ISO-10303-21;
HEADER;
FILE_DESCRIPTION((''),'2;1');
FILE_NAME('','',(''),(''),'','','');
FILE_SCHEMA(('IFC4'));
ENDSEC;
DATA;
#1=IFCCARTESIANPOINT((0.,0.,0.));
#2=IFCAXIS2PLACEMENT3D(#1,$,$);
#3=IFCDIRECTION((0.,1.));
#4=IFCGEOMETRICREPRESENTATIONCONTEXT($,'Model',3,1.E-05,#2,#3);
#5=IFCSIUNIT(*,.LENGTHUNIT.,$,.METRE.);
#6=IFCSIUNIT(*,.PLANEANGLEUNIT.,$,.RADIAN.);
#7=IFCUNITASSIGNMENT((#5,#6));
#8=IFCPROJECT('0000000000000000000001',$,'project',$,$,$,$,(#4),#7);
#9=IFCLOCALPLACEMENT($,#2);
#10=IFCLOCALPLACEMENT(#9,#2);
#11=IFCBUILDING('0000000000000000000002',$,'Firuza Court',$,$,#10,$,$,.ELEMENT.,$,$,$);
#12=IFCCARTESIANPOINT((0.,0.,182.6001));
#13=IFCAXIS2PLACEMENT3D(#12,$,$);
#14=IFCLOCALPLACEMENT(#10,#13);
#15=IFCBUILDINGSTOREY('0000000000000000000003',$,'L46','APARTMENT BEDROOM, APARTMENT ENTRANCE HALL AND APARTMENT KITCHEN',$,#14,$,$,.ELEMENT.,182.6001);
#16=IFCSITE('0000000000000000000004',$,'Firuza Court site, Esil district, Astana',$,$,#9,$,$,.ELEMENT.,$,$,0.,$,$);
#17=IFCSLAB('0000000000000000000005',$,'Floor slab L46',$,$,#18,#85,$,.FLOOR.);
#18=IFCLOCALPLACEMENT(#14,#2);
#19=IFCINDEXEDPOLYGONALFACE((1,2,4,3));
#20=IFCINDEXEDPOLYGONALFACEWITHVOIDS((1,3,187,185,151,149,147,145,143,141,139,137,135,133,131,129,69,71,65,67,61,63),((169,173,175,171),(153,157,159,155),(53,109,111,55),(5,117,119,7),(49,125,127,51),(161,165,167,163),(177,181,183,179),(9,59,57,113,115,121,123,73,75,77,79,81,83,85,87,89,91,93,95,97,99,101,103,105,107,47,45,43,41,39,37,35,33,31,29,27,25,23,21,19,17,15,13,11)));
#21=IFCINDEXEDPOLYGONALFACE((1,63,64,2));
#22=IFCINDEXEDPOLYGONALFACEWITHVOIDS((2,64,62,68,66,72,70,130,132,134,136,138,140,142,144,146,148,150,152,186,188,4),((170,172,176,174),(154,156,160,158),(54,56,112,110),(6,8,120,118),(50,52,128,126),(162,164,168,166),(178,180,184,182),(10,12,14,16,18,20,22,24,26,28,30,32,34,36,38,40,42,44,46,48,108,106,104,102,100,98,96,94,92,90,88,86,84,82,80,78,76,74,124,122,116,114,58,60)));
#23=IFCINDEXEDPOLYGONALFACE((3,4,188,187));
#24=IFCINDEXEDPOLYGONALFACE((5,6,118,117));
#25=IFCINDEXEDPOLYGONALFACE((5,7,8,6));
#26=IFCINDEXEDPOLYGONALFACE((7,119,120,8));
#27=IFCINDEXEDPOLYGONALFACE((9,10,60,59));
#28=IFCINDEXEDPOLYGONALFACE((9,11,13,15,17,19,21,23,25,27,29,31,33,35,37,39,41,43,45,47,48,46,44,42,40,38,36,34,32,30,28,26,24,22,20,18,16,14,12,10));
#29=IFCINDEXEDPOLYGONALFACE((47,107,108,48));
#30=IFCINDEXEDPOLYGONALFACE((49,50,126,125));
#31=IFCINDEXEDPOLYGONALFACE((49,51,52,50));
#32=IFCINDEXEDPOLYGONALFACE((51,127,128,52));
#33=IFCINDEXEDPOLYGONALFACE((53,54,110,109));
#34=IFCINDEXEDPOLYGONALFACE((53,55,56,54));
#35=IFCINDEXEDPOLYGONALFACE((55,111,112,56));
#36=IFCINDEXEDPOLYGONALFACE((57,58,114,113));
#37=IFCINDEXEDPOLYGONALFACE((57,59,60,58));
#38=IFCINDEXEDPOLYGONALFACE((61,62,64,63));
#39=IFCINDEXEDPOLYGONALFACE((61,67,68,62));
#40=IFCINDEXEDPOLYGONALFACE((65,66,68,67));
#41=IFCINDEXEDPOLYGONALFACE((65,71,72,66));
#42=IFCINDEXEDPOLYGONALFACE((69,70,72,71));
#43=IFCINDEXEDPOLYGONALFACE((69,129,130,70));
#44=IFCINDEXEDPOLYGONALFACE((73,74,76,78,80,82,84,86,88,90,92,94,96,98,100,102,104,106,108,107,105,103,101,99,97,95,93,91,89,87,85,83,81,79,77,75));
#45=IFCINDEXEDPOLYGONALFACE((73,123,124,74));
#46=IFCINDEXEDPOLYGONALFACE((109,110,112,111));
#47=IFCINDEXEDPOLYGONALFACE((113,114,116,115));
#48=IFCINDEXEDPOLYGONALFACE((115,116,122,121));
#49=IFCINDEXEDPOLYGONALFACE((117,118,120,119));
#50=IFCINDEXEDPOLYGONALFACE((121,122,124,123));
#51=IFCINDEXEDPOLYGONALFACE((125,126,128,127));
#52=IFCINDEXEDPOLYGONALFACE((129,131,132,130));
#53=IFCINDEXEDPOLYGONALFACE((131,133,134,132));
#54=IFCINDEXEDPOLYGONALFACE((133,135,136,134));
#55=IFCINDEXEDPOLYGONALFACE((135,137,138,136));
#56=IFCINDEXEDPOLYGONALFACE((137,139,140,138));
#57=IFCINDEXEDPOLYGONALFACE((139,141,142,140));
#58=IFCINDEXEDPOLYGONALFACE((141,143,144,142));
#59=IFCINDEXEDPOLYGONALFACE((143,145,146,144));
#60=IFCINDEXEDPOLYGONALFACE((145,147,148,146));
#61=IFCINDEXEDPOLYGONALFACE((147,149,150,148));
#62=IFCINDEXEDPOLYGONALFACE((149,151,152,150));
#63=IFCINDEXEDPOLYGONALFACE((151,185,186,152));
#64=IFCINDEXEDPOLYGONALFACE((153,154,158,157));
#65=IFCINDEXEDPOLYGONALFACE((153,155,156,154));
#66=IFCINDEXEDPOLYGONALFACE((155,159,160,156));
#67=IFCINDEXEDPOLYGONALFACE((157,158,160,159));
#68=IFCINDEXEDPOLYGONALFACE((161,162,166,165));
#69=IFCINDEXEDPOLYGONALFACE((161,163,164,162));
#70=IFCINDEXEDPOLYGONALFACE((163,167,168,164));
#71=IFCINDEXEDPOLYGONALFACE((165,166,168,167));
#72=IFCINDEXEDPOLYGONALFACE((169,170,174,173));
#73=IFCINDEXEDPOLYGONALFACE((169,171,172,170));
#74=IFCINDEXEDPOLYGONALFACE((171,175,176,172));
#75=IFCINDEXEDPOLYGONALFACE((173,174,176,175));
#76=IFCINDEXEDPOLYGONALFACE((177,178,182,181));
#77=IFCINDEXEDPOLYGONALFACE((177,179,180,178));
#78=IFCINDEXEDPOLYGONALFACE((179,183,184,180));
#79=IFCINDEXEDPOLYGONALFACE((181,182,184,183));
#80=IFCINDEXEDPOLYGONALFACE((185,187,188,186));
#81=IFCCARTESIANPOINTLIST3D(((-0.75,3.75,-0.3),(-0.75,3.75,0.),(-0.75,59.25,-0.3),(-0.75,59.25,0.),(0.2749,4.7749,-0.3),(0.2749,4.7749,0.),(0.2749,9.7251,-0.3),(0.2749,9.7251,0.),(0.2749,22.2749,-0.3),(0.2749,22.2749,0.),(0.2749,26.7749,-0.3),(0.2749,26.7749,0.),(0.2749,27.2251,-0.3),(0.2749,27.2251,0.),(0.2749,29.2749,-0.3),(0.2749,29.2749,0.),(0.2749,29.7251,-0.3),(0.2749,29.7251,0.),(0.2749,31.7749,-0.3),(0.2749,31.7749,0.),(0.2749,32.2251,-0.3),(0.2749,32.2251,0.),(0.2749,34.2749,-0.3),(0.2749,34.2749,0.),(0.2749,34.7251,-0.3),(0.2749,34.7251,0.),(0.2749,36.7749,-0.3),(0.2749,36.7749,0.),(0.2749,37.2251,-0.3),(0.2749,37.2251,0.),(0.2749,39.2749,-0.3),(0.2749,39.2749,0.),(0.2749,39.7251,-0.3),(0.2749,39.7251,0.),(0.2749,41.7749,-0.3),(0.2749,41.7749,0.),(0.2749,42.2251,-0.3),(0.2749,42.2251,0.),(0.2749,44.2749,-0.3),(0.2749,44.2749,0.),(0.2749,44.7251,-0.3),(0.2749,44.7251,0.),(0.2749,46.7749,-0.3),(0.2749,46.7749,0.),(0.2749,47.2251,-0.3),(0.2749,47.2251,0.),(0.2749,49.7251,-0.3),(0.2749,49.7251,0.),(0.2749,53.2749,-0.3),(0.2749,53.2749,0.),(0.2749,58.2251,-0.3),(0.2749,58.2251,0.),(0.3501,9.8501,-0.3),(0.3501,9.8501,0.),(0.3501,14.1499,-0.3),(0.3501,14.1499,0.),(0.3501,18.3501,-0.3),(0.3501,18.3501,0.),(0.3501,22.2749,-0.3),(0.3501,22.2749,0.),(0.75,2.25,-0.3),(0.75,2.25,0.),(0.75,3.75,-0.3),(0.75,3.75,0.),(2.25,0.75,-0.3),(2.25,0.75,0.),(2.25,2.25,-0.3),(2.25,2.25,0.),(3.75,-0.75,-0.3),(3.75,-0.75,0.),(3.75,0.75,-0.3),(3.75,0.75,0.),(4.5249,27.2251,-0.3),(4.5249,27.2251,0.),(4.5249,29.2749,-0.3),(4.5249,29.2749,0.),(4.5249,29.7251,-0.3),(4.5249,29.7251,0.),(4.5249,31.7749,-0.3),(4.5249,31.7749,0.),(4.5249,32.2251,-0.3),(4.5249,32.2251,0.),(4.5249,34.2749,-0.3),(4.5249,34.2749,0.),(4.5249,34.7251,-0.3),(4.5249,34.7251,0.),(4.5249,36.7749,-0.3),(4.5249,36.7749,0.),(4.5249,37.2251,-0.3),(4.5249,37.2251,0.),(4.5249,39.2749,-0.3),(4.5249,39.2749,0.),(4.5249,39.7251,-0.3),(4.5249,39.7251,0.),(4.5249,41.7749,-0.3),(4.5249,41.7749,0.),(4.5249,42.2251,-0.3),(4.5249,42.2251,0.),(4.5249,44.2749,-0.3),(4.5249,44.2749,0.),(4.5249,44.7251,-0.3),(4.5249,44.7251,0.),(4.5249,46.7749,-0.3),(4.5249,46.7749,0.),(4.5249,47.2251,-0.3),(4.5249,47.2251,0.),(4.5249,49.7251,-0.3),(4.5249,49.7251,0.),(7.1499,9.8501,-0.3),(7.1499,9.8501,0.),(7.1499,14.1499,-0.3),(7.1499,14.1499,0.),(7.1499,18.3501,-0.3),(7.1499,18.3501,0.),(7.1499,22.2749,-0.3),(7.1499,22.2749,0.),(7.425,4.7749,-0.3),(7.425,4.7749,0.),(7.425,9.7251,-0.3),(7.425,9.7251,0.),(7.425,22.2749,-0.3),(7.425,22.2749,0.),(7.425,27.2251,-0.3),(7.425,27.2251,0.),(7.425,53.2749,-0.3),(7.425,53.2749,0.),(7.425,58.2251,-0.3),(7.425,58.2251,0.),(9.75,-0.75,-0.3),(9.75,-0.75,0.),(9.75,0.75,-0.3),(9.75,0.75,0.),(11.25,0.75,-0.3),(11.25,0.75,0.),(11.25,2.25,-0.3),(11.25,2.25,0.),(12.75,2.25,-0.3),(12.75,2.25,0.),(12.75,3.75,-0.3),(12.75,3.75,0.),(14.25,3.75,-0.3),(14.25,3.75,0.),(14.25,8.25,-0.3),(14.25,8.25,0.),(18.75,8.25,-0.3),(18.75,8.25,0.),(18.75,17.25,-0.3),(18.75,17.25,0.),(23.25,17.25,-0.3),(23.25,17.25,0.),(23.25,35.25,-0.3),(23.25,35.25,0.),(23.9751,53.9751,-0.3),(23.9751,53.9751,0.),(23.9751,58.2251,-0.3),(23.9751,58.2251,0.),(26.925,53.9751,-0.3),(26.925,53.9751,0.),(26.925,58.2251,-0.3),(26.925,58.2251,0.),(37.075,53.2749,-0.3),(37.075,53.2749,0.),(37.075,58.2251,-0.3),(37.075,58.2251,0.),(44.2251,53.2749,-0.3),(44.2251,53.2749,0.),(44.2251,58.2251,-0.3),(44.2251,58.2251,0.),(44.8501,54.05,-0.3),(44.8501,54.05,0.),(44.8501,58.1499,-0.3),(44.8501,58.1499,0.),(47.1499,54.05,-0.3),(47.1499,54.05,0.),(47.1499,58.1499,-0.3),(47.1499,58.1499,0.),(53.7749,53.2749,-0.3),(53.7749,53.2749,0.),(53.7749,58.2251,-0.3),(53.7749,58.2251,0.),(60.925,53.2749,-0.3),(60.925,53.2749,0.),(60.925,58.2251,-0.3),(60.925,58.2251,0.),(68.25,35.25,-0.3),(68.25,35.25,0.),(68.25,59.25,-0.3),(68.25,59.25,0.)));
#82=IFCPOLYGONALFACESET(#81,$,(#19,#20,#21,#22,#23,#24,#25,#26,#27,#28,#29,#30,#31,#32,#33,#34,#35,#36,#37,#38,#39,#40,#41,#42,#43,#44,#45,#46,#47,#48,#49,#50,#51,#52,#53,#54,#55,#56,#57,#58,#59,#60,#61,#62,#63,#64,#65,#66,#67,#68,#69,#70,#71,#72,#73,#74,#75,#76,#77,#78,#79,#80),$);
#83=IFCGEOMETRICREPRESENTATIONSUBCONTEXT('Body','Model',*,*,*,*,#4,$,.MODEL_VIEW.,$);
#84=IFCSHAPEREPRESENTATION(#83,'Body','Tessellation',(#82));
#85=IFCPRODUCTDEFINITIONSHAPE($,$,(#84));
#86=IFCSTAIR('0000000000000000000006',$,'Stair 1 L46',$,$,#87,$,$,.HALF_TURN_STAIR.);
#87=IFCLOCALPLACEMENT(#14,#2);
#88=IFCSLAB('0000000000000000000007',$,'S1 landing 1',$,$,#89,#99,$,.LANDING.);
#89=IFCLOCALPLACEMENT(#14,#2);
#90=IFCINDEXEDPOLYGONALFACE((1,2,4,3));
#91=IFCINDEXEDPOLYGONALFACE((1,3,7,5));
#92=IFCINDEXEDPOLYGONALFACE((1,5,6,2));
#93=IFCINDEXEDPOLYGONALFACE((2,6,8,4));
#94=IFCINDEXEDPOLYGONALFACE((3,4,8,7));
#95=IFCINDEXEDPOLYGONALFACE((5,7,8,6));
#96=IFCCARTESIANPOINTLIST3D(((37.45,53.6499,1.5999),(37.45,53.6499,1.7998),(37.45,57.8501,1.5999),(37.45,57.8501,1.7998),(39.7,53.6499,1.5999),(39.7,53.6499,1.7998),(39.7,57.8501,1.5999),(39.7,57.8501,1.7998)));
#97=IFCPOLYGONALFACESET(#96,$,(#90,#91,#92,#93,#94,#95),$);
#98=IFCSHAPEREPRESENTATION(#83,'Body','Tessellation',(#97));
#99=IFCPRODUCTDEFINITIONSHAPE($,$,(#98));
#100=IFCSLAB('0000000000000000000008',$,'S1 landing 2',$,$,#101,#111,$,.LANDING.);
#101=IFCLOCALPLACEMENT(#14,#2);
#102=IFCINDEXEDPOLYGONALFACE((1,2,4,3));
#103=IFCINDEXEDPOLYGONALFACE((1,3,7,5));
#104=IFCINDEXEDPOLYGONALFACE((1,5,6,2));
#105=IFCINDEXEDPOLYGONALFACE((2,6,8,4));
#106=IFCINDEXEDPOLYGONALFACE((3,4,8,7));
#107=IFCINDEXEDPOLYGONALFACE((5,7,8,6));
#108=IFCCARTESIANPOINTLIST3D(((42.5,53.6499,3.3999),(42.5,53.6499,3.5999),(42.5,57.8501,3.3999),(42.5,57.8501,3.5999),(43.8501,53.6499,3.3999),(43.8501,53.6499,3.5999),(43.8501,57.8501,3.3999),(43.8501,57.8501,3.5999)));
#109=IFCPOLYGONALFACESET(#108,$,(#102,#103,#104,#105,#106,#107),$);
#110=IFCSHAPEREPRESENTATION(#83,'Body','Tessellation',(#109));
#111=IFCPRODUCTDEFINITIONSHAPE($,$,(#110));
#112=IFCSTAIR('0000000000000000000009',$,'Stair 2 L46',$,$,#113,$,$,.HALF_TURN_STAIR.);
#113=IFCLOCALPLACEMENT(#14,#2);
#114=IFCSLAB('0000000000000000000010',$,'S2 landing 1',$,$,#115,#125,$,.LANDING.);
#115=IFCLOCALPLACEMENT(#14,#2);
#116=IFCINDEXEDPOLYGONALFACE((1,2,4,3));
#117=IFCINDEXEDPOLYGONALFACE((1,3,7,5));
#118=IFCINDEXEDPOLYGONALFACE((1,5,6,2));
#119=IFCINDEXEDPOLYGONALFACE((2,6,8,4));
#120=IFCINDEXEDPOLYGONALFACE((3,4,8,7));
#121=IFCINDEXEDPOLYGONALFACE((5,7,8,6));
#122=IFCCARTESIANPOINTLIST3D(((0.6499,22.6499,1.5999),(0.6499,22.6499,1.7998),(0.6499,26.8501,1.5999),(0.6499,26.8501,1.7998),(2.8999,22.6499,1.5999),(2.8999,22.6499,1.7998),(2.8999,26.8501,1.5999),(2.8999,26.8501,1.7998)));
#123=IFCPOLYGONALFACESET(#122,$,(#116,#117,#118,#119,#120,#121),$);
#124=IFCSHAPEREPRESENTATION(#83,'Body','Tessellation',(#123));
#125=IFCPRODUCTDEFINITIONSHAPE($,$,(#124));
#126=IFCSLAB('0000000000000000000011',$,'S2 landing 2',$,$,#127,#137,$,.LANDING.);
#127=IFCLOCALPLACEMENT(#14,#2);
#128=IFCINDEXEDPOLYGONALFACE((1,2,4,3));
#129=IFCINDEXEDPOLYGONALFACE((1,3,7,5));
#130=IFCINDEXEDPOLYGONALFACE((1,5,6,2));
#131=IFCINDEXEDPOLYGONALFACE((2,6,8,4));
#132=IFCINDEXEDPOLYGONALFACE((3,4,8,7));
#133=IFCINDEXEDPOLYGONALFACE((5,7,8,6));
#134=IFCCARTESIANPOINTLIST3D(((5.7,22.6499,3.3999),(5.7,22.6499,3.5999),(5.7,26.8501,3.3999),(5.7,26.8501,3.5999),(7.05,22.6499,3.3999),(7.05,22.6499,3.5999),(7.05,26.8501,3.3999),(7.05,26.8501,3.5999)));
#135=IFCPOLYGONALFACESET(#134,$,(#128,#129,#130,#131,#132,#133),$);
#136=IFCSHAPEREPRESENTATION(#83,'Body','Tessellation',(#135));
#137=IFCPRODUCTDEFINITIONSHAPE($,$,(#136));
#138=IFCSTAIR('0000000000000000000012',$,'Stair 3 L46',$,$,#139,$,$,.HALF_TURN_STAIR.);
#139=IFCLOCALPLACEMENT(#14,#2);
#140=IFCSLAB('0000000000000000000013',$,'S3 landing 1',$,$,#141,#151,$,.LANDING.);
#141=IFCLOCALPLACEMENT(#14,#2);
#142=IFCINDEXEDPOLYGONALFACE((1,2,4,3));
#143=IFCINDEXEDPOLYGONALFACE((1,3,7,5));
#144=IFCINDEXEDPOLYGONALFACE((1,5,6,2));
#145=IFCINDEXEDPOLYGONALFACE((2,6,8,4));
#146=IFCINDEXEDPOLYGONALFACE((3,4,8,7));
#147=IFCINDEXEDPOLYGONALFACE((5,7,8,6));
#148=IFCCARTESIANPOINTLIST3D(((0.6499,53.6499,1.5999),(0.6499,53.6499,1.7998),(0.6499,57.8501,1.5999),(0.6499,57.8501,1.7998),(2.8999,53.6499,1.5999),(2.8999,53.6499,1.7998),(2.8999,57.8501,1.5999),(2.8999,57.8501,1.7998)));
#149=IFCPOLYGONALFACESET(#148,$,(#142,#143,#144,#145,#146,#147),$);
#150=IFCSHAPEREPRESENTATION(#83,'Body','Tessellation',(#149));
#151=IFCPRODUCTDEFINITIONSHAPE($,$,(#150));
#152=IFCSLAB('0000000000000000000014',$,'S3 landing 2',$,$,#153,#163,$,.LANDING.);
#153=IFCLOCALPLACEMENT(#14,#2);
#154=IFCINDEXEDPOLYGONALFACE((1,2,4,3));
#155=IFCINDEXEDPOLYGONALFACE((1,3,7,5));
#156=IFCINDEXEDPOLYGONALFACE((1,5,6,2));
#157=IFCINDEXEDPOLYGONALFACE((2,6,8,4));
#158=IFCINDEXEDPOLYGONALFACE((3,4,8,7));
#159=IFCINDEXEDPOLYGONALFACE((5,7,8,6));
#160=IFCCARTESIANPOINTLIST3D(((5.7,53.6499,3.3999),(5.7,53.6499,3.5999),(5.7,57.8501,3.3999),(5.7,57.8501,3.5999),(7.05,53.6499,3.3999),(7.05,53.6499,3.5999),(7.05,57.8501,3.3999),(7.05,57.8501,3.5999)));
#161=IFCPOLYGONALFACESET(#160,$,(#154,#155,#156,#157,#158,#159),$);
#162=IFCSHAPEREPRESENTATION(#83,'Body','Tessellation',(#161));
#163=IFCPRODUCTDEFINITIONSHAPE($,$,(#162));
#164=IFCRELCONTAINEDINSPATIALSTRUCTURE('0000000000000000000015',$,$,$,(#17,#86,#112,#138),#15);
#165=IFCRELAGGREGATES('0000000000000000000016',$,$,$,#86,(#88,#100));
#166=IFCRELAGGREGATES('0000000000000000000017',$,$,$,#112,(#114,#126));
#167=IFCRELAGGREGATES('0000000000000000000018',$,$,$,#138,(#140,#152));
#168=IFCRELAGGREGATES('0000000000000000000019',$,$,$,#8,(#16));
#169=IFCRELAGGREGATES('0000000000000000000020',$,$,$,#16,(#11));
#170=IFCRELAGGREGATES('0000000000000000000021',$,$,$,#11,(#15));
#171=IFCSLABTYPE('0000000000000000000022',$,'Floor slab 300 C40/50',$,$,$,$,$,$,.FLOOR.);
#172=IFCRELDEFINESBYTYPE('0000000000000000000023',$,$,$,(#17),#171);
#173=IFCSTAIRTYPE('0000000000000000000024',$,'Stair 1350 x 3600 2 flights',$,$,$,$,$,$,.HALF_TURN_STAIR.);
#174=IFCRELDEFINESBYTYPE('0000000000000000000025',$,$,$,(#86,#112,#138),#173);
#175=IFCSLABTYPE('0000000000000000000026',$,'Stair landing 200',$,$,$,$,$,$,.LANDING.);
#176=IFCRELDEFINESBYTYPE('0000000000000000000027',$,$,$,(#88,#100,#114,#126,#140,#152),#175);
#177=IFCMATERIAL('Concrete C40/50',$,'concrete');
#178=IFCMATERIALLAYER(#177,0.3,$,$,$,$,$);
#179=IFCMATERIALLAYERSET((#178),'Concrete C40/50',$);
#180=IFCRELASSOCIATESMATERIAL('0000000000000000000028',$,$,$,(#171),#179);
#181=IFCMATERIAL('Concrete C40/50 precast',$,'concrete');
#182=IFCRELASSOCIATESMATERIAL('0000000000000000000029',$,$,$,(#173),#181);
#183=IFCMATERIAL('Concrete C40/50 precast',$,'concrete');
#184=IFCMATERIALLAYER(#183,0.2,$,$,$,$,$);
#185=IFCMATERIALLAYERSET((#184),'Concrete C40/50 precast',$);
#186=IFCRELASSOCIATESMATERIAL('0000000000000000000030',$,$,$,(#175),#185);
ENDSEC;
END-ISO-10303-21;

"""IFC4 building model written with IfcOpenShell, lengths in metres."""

from ifc_helpers import new_model, si_unit, direction, frame, origin, place, context, subcontext, project, spatial, polyline, outline, extrude, material, layer, layer_set, type_object, element, aggregate, save


model = new_model("IFC4")

# Units and contexts
model_context = context("Model", 3, precision=1e-05, world=origin(), true_north=direction((0.0, 1.0)))
body_context = subcontext(model_context, "Body", "Model", "MODEL_VIEW")
ifc_project = project(units=[si_unit("LENGTHUNIT", "METRE"), si_unit("PLANEANGLEUNIT", "RADIAN")], contexts=[model_context])

# Site, building, storey
site_placement = place(None, origin())
site = spatial("IfcSite", under=ifc_project, at=site_placement, Name="Firuza Court site, Esil district, Astana", CompositionType="ELEMENT", RefElevation=0.0)
building_placement = place(site_placement, origin())
building = spatial("IfcBuilding", under=site, at=building_placement, Name="Firuza Court", CompositionType="ELEMENT")
storey_placement = place(building_placement, frame((0.0, 0.0, 182.6001)))
storey = spatial("IfcBuildingStorey", under=building, at=storey_placement, Name="L46", Description="APARTMENT BEDROOM, APARTMENT ENTRANCE HALL AND APARTMENT KITCHEN", CompositionType="ELEMENT", Elevation=182.6001)

# Slab
ifc_material_1 = material(Name="Concrete C40/50", Category="concrete")
ifc_layer_1 = layer(ifc_material_1, 0.3)
ifc_layer_set_1 = layer_set([ifc_layer_1], Name="Concrete C40/50")
slab_type_1 = type_object("IfcSlabType", Name="Floor slab 300 C40/50", PredefinedType="FLOOR", material=ifc_layer_set_1)
slab_1_placement = place(storey_placement, frame((0.0, 0.0, -0.3)))
element("IfcSlab", 1, at=slab_1_placement, inside=storey, type_object=slab_type_1, Name="Floor slab L46", PredefinedType="FLOOR", context=body_context, shape_type="SweptSolid", body=[
    extrude(outline(polyline([(3.75, -0.75), (3.75, 0.75), (2.25, 0.75), (2.25, 2.25), (0.75, 2.25), (0.75, 3.75), (-0.75, 3.75), (-0.75, 59.25), (68.25, 59.25), (68.25, 35.25), (23.25, 35.25), (23.25, 17.25), (18.75, 17.25), (18.75, 8.25), (14.25, 8.25), (14.25, 3.75), (12.75, 3.75), (12.75, 2.25), (11.25, 2.25), (11.25, 0.75), (9.75, 0.75), (9.75, -0.75), (3.75, -0.75)]), holes=[polyline([(0.2749, 29.7251), (0.2749, 29.2749), (0.2749, 27.2251), (0.2749, 26.7749), (0.2749, 22.2749), (0.3501, 22.2749), (0.3501, 18.3501), (7.1499, 18.3501), (7.1499, 22.2749), (7.425, 22.2749), (7.425, 27.2251), (4.5249, 27.2251), (4.5249, 29.2749), (4.5249, 29.7251), (4.5249, 31.7749), (4.5249, 32.2251), (4.5249, 34.2749), (4.5249, 34.7251), (4.5249, 36.7749), (4.5249, 37.2251), (4.5249, 39.2749), (4.5249, 39.7251), (4.5249, 41.7749), (4.5249, 42.2251), (4.5249, 44.2749), (4.5249, 44.7251), (4.5249, 46.7749), (4.5249, 47.2251), (4.5249, 49.7251), (0.2749, 49.7251), (0.2749, 47.2251), (0.2749, 46.7749), (0.2749, 44.7251), (0.2749, 44.2749), (0.2749, 42.2251), (0.2749, 41.7749), (0.2749, 39.7251), (0.2749, 39.2749), (0.2749, 37.2251), (0.2749, 36.7749), (0.2749, 34.7251), (0.2749, 34.2749), (0.2749, 32.2251), (0.2749, 31.7749), (0.2749, 29.7251)]), polyline([(7.425, 9.7251), (0.2749, 9.7251), (0.2749, 4.7749), (7.425, 4.7749), (7.425, 9.7251)]), polyline([(7.1499, 14.1499), (0.3501, 14.1499), (0.3501, 9.8501), (7.1499, 9.8501), (7.1499, 14.1499)]), polyline([(7.425, 58.2251), (0.2749, 58.2251), (0.2749, 53.2749), (7.425, 53.2749), (7.425, 58.2251)]), polyline([(44.2251, 58.2251), (37.075, 58.2251), (37.075, 53.2749), (44.2251, 53.2749), (44.2251, 58.2251)]), polyline([(60.925, 58.2251), (53.7749, 58.2251), (53.7749, 53.2749), (60.925, 53.2749), (60.925, 58.2251)]), polyline([(26.925, 53.9751), (26.925, 58.2251), (23.9751, 58.2251), (23.9751, 53.9751), (26.925, 53.9751)]), polyline([(47.1499, 54.05), (47.1499, 58.1499), (44.8501, 58.1499), (44.8501, 54.05), (47.1499, 54.05)])]), origin(), (0.0, 0.0, 1.0), 0.3),
])

# Stairs, slabs
ifc_material_2 = material(Name="Concrete C40/50 precast", Category="concrete")
stair_type = type_object("IfcStairType", Name="Stair 1350 x 3600 2 flights", PredefinedType="HALF_TURN_STAIR", material=ifc_material_2)
stair_1_placement = place(storey_placement, origin())
stair_1 = element("IfcStair", 2, at=stair_1_placement, inside=storey, type_object=stair_type, Name="Stair 1 L46", PredefinedType="HALF_TURN_STAIR")
ifc_material_3 = material(Name="Concrete C40/50 precast", Category="concrete")
ifc_layer_2 = layer(ifc_material_3, 0.2)
ifc_layer_set_2 = layer_set([ifc_layer_2], Name="Concrete C40/50 precast")
slab_type_2 = type_object("IfcSlabType", Name="Stair landing 200", PredefinedType="LANDING", material=ifc_layer_set_2)
slab_2_placement = place(storey_placement, frame((0.0, 0.0, 1.5999)))
slab_2 = element("IfcSlab", 3, at=slab_2_placement, type_object=slab_type_2, Name="S1 landing 1", PredefinedType="LANDING", context=body_context, shape_type="SweptSolid", body=[
    extrude(outline(polyline([(39.7, 53.6499), (39.7, 57.8501), (37.45, 57.8501), (37.45, 53.6499), (39.7, 53.6499)])), origin(), (0.0, 0.0, 1.0), 0.2),
])
slab_3_placement = place(storey_placement, frame((0.0, 0.0, 3.3999)))
slab_3 = element("IfcSlab", 4, at=slab_3_placement, type_object=slab_type_2, Name="S1 landing 2", PredefinedType="LANDING", context=body_context, shape_type="SweptSolid", body=[
    extrude(outline(polyline([(43.8501, 53.6499), (43.8501, 57.8501), (42.5, 57.8501), (42.5, 53.6499), (43.8501, 53.6499)])), origin(), (0.0, 0.0, 1.0), 0.2),
])
aggregate(stair_1, [slab_2, slab_3])
stair_2_placement = place(storey_placement, origin())
stair_2 = element("IfcStair", 5, at=stair_2_placement, inside=storey, type_object=stair_type, Name="Stair 2 L46", PredefinedType="HALF_TURN_STAIR")
slab_4_placement = place(storey_placement, frame((0.0, 0.0, 1.5999)))
slab_4 = element("IfcSlab", 6, at=slab_4_placement, type_object=slab_type_2, Name="S2 landing 1", PredefinedType="LANDING", context=body_context, shape_type="SweptSolid", body=[
    extrude(outline(polyline([(2.8999, 22.6499), (2.8999, 26.8501), (0.6499, 26.8501), (0.6499, 22.6499), (2.8999, 22.6499)])), origin(), (0.0, 0.0, 1.0), 0.2),
])
slab_5_placement = place(storey_placement, frame((0.0, 0.0, 3.3999)))
slab_5 = element("IfcSlab", 7, at=slab_5_placement, type_object=slab_type_2, Name="S2 landing 2", PredefinedType="LANDING", context=body_context, shape_type="SweptSolid", body=[
    extrude(outline(polyline([(7.05, 22.6499), (7.05, 26.8501), (5.7, 26.8501), (5.7, 22.6499), (7.05, 22.6499)])), origin(), (0.0, 0.0, 1.0), 0.2),
])
aggregate(stair_2, [slab_4, slab_5])
stair_3_placement = place(storey_placement, origin())
stair_3 = element("IfcStair", 8, at=stair_3_placement, inside=storey, type_object=stair_type, Name="Stair 3 L46", PredefinedType="HALF_TURN_STAIR")
slab_6_placement = place(storey_placement, frame((0.0, 0.0, 1.5999)))
slab_6 = element("IfcSlab", 9, at=slab_6_placement, type_object=slab_type_2, Name="S3 landing 1", PredefinedType="LANDING", context=body_context, shape_type="SweptSolid", body=[
    extrude(outline(polyline([(2.8999, 53.6499), (2.8999, 57.8501), (0.6499, 57.8501), (0.6499, 53.6499), (2.8999, 53.6499)])), origin(), (0.0, 0.0, 1.0), 0.2),
])
slab_7_placement = place(storey_placement, frame((0.0, 0.0, 3.3999)))
slab_7 = element("IfcSlab", 10, at=slab_7_placement, type_object=slab_type_2, Name="S3 landing 2", PredefinedType="LANDING", context=body_context, shape_type="SweptSolid", body=[
    extrude(outline(polyline([(7.05, 53.6499), (7.05, 57.8501), (5.7, 57.8501), (5.7, 53.6499), (7.05, 53.6499)])), origin(), (0.0, 0.0, 1.0), 0.2),
])
aggregate(stair_3, [slab_6, slab_7])

save(model, "model.ifc")
